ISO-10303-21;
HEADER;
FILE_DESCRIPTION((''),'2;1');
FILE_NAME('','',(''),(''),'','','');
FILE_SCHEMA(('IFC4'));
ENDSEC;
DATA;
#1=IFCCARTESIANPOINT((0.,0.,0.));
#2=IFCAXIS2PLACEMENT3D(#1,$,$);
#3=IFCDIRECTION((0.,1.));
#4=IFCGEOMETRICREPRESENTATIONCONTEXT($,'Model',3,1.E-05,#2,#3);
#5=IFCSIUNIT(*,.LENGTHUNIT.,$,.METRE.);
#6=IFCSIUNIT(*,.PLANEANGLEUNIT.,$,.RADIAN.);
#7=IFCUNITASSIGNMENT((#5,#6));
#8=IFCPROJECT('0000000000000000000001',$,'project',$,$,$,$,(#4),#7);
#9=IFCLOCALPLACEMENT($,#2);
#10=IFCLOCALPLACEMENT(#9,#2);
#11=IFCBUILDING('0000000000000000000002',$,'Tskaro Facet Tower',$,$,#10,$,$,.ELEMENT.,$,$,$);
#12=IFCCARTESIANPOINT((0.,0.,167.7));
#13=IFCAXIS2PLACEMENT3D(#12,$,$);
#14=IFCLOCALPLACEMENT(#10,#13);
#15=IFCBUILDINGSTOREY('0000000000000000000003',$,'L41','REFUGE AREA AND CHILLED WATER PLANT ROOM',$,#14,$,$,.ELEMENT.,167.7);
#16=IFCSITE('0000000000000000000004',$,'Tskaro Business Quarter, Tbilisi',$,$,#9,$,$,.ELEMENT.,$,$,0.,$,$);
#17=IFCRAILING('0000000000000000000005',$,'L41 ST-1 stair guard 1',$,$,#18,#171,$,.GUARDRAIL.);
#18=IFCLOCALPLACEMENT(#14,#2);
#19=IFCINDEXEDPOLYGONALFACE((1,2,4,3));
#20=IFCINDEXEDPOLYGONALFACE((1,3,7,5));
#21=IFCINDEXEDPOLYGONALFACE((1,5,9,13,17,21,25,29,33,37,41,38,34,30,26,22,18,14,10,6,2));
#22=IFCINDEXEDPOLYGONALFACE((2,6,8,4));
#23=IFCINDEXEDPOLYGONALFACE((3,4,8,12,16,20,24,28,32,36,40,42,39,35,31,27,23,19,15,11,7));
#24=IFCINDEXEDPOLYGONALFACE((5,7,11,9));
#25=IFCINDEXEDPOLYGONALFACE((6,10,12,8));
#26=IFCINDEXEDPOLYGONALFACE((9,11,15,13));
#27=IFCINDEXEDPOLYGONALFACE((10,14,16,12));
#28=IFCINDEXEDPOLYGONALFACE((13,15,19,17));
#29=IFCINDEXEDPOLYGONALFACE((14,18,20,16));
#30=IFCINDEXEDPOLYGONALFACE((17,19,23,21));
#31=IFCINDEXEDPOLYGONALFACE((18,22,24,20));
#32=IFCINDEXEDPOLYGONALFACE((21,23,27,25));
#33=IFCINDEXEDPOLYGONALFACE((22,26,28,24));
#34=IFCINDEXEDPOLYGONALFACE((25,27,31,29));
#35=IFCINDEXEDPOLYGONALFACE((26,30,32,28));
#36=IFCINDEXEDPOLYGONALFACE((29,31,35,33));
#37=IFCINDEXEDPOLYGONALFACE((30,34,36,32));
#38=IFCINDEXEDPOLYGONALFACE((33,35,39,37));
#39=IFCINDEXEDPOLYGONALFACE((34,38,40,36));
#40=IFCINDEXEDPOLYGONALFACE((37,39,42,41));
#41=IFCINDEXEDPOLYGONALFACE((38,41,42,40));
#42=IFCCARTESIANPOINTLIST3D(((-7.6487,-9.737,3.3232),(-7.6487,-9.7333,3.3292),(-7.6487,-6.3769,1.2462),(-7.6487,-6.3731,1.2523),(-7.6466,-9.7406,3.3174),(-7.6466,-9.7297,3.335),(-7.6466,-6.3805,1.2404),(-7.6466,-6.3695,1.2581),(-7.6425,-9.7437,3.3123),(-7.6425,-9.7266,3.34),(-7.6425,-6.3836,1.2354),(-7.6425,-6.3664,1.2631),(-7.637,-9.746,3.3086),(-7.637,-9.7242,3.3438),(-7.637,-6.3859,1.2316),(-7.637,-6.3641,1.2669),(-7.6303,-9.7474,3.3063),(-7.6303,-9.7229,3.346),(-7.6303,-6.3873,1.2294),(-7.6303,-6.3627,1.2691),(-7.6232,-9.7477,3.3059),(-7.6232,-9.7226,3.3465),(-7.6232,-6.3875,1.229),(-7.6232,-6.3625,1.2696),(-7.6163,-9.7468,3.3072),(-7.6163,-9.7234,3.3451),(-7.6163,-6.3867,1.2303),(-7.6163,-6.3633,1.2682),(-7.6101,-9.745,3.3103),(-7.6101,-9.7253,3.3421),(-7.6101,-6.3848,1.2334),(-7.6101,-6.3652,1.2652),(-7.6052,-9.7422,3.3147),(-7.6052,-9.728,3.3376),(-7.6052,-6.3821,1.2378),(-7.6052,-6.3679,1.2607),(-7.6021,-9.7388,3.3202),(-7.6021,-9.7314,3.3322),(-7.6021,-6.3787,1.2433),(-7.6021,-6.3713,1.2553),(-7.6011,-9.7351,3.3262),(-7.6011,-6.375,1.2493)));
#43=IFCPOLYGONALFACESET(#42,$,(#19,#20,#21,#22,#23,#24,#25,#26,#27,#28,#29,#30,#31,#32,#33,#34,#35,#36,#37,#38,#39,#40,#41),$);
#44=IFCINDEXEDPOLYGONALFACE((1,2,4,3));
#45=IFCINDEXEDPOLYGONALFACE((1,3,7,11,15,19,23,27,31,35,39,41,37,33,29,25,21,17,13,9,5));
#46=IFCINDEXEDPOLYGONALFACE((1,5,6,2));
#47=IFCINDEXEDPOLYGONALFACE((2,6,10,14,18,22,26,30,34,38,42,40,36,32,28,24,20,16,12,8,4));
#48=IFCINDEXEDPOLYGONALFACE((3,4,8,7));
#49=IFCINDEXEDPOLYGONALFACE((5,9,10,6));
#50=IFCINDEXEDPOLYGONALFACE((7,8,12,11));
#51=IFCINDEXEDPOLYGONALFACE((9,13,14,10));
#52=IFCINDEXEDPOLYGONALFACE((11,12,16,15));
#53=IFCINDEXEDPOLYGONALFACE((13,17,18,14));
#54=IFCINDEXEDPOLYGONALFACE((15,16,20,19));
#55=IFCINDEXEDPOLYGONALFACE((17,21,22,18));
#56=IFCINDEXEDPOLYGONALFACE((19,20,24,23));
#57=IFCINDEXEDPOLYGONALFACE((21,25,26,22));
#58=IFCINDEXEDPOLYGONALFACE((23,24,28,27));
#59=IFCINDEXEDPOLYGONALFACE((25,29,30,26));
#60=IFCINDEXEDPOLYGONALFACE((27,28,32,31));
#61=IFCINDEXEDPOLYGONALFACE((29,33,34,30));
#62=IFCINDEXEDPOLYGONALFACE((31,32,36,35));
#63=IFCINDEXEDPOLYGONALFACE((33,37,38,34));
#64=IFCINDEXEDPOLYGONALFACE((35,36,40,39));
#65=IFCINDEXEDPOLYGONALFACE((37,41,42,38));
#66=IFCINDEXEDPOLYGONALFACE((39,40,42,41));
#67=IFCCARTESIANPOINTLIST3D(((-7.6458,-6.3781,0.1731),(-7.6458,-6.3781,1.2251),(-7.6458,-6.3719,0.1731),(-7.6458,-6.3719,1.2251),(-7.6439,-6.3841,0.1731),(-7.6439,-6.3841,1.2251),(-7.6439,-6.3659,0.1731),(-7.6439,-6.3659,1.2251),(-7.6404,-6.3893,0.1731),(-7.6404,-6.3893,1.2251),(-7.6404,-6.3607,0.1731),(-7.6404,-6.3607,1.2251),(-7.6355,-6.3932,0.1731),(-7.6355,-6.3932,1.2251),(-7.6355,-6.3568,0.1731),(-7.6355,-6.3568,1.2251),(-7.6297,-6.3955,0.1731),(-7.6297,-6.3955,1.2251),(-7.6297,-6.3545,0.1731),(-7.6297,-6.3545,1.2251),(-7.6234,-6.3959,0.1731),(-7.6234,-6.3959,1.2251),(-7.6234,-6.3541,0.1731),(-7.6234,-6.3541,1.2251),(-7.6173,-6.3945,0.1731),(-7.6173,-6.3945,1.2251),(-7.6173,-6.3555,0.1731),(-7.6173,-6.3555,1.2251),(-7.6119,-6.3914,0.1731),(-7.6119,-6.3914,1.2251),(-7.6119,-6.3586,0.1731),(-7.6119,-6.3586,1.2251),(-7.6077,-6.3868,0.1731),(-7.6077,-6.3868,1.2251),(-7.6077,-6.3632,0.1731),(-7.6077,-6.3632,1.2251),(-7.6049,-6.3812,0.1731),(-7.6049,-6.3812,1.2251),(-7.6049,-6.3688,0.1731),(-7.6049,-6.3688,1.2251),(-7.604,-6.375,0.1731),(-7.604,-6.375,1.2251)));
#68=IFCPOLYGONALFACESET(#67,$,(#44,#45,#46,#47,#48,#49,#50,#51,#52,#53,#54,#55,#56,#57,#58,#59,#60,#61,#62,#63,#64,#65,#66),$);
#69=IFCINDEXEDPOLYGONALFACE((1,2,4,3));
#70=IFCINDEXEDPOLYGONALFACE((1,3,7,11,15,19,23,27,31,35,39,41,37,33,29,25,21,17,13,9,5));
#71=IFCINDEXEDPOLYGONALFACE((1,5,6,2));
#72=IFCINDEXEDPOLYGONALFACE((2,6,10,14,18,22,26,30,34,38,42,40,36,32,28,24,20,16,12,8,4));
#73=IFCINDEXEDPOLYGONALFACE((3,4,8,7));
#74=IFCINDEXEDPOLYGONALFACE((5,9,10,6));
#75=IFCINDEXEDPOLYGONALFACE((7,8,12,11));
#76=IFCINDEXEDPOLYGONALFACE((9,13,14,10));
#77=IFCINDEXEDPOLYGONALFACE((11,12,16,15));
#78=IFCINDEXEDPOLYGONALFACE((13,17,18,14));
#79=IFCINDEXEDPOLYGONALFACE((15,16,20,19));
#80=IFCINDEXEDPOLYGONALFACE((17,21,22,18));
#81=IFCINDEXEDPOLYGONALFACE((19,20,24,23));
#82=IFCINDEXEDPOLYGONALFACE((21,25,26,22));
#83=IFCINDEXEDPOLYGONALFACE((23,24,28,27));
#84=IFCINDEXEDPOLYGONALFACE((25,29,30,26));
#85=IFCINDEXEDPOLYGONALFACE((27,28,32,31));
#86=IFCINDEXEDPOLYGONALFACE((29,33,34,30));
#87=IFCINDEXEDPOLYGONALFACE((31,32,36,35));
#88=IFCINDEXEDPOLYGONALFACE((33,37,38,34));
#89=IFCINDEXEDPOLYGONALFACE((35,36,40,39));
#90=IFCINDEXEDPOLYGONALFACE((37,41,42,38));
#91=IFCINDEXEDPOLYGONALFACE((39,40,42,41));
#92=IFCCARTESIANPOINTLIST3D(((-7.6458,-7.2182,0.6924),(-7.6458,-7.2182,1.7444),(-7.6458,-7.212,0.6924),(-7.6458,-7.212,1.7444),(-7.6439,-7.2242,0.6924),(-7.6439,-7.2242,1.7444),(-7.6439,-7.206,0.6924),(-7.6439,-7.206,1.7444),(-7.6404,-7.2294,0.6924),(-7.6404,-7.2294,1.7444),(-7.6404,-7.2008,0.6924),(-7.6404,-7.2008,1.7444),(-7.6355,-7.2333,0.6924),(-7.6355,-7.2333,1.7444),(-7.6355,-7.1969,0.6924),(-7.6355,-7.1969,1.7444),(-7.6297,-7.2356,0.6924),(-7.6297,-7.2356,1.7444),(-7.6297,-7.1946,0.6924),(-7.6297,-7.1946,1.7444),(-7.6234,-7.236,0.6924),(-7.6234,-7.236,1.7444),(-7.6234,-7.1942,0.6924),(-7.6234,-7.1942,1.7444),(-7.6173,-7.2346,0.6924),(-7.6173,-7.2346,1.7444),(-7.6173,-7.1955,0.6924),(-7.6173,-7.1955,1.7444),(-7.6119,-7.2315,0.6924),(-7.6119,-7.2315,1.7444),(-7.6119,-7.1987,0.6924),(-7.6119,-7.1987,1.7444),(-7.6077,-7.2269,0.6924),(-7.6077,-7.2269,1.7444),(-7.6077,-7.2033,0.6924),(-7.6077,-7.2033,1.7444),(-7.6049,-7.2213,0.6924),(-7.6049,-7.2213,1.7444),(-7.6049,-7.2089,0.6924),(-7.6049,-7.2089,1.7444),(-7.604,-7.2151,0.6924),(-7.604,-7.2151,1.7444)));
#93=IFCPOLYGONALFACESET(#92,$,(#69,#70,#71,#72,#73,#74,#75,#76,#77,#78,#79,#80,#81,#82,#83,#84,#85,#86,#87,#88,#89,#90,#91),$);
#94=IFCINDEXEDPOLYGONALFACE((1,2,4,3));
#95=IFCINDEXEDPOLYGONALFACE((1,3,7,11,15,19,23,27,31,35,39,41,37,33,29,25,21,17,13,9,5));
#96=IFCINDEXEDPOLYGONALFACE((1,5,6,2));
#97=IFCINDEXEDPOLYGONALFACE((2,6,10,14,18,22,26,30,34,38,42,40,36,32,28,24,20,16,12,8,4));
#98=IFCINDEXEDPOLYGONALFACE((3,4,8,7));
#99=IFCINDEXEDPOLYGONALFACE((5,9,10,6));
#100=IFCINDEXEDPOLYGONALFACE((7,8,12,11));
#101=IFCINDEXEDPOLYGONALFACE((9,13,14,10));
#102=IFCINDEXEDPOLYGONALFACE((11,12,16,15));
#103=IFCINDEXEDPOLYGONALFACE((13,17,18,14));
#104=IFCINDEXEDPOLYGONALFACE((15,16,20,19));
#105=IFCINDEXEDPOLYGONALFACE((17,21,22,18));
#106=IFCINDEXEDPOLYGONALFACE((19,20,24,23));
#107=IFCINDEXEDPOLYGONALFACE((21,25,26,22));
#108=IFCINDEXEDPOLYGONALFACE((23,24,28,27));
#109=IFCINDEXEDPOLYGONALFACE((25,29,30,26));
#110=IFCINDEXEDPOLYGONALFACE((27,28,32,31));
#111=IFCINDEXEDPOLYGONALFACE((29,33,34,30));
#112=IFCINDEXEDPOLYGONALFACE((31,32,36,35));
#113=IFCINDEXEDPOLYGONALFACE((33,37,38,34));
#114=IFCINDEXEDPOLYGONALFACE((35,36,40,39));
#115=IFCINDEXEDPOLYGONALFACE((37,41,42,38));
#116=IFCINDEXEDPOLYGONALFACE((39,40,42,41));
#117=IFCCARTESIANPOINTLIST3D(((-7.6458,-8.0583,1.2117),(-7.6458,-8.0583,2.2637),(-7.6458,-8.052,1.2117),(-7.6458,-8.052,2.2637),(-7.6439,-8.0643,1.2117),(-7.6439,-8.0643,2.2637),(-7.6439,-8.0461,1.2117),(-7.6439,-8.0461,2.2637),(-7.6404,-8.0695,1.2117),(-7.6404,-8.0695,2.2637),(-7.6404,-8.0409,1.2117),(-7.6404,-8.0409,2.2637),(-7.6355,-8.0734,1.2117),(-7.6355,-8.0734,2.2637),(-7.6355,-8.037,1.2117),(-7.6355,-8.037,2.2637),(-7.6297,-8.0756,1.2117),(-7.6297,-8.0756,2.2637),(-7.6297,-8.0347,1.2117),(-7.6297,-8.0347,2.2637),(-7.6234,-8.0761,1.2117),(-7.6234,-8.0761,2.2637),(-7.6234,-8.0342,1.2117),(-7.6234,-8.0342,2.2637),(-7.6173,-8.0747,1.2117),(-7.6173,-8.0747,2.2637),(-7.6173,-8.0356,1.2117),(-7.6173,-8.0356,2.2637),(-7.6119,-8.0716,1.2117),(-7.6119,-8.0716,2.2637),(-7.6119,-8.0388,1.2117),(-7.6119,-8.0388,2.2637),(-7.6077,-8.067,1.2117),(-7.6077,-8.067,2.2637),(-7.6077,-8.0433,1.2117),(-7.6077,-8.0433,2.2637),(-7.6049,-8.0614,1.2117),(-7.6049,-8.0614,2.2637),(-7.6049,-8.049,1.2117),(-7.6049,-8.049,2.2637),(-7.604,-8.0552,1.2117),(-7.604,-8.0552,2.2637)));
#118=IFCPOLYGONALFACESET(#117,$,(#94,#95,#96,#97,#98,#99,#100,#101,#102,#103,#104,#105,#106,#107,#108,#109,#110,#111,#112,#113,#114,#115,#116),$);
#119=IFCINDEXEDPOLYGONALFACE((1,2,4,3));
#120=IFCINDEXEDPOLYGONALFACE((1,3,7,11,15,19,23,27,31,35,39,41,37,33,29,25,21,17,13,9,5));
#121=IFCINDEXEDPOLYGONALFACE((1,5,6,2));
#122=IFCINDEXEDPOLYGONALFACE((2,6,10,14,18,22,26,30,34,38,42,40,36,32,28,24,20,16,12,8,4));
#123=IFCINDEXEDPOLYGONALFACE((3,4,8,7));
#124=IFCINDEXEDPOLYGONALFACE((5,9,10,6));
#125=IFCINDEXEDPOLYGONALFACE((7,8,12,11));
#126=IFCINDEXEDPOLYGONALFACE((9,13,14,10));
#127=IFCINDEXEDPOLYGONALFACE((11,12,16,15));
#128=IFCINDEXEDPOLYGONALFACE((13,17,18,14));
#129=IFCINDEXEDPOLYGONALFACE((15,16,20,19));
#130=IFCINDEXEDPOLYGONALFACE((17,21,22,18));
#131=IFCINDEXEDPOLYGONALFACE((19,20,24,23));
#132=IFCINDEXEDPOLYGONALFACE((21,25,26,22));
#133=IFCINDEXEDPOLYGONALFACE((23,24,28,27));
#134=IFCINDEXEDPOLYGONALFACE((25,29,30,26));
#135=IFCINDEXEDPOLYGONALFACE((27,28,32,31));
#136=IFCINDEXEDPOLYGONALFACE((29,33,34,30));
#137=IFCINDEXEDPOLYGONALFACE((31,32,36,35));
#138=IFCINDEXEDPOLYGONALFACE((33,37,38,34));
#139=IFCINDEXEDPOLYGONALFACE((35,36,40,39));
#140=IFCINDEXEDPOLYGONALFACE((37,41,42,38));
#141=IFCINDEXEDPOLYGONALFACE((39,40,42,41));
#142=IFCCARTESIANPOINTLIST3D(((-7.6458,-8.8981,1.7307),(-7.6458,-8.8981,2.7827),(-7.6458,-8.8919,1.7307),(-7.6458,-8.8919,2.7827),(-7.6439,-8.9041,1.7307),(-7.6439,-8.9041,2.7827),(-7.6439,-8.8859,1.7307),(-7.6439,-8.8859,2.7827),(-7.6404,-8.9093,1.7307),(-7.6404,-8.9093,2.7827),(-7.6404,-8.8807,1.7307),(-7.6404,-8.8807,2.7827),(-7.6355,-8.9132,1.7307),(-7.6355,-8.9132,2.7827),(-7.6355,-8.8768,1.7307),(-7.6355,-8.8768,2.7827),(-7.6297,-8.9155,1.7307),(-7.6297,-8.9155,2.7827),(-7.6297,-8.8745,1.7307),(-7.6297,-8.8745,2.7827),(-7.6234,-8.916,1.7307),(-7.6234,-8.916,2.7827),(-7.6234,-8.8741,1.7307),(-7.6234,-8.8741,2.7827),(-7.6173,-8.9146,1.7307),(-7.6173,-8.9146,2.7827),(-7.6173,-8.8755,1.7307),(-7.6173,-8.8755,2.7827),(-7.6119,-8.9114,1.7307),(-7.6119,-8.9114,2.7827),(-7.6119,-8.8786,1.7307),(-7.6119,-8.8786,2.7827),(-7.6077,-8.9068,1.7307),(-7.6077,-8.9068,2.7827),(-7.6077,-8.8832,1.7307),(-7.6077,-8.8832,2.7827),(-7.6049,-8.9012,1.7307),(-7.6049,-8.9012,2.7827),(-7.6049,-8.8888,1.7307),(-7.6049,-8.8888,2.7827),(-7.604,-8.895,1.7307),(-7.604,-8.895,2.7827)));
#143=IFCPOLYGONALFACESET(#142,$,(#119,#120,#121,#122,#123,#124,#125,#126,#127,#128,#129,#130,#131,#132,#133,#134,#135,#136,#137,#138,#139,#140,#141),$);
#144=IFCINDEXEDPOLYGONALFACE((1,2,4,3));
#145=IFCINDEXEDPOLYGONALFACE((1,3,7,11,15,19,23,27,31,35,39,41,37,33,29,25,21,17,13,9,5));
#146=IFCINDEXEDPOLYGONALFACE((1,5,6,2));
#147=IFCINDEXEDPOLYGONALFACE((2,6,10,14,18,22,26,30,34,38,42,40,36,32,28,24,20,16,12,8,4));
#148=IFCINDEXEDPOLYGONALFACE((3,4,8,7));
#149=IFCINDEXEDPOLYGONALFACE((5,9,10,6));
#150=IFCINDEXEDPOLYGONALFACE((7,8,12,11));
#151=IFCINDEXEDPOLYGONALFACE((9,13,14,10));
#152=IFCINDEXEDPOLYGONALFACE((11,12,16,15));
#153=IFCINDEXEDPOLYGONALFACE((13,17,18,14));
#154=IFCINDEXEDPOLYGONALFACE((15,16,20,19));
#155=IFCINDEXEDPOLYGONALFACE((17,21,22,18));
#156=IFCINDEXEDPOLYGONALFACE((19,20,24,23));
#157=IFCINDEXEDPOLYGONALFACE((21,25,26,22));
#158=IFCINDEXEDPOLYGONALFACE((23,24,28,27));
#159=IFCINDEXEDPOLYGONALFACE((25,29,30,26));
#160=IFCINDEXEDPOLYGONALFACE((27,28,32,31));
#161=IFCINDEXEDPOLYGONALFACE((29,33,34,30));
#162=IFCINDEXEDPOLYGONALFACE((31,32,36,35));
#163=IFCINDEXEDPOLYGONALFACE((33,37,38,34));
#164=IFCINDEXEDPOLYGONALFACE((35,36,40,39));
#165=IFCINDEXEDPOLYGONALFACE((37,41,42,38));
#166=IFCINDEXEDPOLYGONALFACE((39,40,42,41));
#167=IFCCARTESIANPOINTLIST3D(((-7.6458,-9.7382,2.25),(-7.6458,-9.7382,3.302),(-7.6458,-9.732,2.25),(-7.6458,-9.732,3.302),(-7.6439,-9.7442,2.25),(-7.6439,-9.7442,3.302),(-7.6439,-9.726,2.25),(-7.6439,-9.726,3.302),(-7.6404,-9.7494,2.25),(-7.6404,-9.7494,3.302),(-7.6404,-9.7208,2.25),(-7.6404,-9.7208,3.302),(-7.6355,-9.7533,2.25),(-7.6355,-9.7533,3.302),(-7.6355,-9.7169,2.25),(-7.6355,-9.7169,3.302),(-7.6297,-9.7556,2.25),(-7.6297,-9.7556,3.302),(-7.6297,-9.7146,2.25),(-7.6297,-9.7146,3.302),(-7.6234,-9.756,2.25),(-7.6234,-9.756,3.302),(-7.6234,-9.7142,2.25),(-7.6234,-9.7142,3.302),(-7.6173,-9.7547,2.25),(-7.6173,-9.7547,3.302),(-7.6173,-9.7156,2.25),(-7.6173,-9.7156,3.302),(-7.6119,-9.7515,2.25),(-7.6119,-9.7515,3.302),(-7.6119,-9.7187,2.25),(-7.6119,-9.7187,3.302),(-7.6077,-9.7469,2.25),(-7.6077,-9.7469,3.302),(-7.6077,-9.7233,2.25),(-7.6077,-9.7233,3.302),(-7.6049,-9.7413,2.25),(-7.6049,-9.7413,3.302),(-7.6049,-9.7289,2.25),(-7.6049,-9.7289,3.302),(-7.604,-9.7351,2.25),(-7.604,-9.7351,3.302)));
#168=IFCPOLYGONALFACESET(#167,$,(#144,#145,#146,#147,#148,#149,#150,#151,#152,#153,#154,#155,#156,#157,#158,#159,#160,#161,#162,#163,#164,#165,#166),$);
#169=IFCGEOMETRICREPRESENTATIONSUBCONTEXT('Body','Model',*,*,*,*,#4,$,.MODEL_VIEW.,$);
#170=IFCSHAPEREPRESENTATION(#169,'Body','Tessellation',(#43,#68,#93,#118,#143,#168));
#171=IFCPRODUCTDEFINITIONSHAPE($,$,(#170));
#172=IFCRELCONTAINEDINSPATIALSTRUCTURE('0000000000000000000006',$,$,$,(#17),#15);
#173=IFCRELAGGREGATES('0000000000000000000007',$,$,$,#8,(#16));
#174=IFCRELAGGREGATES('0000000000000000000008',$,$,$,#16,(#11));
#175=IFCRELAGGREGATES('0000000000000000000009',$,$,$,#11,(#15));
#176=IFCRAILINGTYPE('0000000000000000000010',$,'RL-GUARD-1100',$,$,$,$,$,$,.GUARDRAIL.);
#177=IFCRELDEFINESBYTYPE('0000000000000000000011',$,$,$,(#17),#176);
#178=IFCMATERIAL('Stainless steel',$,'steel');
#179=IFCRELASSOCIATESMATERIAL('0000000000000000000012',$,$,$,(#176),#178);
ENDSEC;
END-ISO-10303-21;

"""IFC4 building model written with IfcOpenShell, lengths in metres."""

from ifc_helpers import new_model, si_unit, direction, frame, origin, origin_2d, place, context, subcontext, project, spatial, circle, extrude, material, type_object, element, save


model = new_model("IFC4")

# Units and contexts
model_context = context("Model", 3, precision=1e-05, world=origin(), true_north=direction((0.0, 1.0)))
body_context = subcontext(model_context, "Body", "Model", "MODEL_VIEW")
ifc_project = project(units=[si_unit("LENGTHUNIT", "METRE"), si_unit("PLANEANGLEUNIT", "RADIAN")], contexts=[model_context])

# Site, building, storey
site_placement = place(None, origin())
site = spatial("IfcSite", under=ifc_project, at=site_placement, Name="Tskaro Business Quarter, Tbilisi", CompositionType="ELEMENT", RefElevation=0.0)
building_placement = place(site_placement, origin())
building = spatial("IfcBuilding", under=site, at=building_placement, Name="Tskaro Facet Tower", CompositionType="ELEMENT")
storey_placement = place(building_placement, frame((0.0, 0.0, 167.7)))
storey = spatial("IfcBuildingStorey", under=building, at=storey_placement, Name="L41", Description="REFUGE AREA AND CHILLED WATER PLANT ROOM", CompositionType="ELEMENT", Elevation=167.7)

# Shared definitions
ifc_material_1 = material(Name="Stainless steel", Category="steel")

# Railing
railing_type_1 = type_object("IfcRailingType", Name="RL-GUARD-1100", PredefinedType="GUARDRAIL", material=ifc_material_1)
railing_1_placement = place(storey_placement, frame((-7.625, -6.375, 0.1731)))
element("IfcRailing", 1, at=railing_1_placement, inside=storey, type_object=railing_type_1, Name="L41 ST-1 stair guard 1", PredefinedType="GUARDRAIL", context=body_context, shape_type="SweptSolid", body=[
    extrude(circle(Radius=0.0239, at=origin_2d()), frame((0.0, 0.0, 1.0762), z_axis=(0.0, -0.850623, 0.525776), x_axis=(1.0, 0.0, 0.0)), (0.0, 0.0, 1.0), 3.9502),
    extrude(circle(Radius=0.021, at=origin_2d()), origin(), (0.0, 0.0, 1.0), 1.052),
    extrude(circle(Radius=0.021, at=origin_2d()), frame((0.0, -0.8401, 0.5193)), (0.0, 0.0, 1.0), 1.052),
    extrude(circle(Radius=0.021, at=origin_2d()), frame((0.0, -1.6802, 1.0386)), (0.0, 0.0, 1.0), 1.052),
    extrude(circle(Radius=0.021, at=origin_2d()), frame((0.0, -2.52, 1.5576)), (0.0, 0.0, 1.0), 1.052),
    extrude(circle(Radius=0.021, at=origin_2d()), frame((0.0, -3.3601, 2.0769)), (0.0, 0.0, 1.0), 1.052),
])

save(model, "model.ifc")
